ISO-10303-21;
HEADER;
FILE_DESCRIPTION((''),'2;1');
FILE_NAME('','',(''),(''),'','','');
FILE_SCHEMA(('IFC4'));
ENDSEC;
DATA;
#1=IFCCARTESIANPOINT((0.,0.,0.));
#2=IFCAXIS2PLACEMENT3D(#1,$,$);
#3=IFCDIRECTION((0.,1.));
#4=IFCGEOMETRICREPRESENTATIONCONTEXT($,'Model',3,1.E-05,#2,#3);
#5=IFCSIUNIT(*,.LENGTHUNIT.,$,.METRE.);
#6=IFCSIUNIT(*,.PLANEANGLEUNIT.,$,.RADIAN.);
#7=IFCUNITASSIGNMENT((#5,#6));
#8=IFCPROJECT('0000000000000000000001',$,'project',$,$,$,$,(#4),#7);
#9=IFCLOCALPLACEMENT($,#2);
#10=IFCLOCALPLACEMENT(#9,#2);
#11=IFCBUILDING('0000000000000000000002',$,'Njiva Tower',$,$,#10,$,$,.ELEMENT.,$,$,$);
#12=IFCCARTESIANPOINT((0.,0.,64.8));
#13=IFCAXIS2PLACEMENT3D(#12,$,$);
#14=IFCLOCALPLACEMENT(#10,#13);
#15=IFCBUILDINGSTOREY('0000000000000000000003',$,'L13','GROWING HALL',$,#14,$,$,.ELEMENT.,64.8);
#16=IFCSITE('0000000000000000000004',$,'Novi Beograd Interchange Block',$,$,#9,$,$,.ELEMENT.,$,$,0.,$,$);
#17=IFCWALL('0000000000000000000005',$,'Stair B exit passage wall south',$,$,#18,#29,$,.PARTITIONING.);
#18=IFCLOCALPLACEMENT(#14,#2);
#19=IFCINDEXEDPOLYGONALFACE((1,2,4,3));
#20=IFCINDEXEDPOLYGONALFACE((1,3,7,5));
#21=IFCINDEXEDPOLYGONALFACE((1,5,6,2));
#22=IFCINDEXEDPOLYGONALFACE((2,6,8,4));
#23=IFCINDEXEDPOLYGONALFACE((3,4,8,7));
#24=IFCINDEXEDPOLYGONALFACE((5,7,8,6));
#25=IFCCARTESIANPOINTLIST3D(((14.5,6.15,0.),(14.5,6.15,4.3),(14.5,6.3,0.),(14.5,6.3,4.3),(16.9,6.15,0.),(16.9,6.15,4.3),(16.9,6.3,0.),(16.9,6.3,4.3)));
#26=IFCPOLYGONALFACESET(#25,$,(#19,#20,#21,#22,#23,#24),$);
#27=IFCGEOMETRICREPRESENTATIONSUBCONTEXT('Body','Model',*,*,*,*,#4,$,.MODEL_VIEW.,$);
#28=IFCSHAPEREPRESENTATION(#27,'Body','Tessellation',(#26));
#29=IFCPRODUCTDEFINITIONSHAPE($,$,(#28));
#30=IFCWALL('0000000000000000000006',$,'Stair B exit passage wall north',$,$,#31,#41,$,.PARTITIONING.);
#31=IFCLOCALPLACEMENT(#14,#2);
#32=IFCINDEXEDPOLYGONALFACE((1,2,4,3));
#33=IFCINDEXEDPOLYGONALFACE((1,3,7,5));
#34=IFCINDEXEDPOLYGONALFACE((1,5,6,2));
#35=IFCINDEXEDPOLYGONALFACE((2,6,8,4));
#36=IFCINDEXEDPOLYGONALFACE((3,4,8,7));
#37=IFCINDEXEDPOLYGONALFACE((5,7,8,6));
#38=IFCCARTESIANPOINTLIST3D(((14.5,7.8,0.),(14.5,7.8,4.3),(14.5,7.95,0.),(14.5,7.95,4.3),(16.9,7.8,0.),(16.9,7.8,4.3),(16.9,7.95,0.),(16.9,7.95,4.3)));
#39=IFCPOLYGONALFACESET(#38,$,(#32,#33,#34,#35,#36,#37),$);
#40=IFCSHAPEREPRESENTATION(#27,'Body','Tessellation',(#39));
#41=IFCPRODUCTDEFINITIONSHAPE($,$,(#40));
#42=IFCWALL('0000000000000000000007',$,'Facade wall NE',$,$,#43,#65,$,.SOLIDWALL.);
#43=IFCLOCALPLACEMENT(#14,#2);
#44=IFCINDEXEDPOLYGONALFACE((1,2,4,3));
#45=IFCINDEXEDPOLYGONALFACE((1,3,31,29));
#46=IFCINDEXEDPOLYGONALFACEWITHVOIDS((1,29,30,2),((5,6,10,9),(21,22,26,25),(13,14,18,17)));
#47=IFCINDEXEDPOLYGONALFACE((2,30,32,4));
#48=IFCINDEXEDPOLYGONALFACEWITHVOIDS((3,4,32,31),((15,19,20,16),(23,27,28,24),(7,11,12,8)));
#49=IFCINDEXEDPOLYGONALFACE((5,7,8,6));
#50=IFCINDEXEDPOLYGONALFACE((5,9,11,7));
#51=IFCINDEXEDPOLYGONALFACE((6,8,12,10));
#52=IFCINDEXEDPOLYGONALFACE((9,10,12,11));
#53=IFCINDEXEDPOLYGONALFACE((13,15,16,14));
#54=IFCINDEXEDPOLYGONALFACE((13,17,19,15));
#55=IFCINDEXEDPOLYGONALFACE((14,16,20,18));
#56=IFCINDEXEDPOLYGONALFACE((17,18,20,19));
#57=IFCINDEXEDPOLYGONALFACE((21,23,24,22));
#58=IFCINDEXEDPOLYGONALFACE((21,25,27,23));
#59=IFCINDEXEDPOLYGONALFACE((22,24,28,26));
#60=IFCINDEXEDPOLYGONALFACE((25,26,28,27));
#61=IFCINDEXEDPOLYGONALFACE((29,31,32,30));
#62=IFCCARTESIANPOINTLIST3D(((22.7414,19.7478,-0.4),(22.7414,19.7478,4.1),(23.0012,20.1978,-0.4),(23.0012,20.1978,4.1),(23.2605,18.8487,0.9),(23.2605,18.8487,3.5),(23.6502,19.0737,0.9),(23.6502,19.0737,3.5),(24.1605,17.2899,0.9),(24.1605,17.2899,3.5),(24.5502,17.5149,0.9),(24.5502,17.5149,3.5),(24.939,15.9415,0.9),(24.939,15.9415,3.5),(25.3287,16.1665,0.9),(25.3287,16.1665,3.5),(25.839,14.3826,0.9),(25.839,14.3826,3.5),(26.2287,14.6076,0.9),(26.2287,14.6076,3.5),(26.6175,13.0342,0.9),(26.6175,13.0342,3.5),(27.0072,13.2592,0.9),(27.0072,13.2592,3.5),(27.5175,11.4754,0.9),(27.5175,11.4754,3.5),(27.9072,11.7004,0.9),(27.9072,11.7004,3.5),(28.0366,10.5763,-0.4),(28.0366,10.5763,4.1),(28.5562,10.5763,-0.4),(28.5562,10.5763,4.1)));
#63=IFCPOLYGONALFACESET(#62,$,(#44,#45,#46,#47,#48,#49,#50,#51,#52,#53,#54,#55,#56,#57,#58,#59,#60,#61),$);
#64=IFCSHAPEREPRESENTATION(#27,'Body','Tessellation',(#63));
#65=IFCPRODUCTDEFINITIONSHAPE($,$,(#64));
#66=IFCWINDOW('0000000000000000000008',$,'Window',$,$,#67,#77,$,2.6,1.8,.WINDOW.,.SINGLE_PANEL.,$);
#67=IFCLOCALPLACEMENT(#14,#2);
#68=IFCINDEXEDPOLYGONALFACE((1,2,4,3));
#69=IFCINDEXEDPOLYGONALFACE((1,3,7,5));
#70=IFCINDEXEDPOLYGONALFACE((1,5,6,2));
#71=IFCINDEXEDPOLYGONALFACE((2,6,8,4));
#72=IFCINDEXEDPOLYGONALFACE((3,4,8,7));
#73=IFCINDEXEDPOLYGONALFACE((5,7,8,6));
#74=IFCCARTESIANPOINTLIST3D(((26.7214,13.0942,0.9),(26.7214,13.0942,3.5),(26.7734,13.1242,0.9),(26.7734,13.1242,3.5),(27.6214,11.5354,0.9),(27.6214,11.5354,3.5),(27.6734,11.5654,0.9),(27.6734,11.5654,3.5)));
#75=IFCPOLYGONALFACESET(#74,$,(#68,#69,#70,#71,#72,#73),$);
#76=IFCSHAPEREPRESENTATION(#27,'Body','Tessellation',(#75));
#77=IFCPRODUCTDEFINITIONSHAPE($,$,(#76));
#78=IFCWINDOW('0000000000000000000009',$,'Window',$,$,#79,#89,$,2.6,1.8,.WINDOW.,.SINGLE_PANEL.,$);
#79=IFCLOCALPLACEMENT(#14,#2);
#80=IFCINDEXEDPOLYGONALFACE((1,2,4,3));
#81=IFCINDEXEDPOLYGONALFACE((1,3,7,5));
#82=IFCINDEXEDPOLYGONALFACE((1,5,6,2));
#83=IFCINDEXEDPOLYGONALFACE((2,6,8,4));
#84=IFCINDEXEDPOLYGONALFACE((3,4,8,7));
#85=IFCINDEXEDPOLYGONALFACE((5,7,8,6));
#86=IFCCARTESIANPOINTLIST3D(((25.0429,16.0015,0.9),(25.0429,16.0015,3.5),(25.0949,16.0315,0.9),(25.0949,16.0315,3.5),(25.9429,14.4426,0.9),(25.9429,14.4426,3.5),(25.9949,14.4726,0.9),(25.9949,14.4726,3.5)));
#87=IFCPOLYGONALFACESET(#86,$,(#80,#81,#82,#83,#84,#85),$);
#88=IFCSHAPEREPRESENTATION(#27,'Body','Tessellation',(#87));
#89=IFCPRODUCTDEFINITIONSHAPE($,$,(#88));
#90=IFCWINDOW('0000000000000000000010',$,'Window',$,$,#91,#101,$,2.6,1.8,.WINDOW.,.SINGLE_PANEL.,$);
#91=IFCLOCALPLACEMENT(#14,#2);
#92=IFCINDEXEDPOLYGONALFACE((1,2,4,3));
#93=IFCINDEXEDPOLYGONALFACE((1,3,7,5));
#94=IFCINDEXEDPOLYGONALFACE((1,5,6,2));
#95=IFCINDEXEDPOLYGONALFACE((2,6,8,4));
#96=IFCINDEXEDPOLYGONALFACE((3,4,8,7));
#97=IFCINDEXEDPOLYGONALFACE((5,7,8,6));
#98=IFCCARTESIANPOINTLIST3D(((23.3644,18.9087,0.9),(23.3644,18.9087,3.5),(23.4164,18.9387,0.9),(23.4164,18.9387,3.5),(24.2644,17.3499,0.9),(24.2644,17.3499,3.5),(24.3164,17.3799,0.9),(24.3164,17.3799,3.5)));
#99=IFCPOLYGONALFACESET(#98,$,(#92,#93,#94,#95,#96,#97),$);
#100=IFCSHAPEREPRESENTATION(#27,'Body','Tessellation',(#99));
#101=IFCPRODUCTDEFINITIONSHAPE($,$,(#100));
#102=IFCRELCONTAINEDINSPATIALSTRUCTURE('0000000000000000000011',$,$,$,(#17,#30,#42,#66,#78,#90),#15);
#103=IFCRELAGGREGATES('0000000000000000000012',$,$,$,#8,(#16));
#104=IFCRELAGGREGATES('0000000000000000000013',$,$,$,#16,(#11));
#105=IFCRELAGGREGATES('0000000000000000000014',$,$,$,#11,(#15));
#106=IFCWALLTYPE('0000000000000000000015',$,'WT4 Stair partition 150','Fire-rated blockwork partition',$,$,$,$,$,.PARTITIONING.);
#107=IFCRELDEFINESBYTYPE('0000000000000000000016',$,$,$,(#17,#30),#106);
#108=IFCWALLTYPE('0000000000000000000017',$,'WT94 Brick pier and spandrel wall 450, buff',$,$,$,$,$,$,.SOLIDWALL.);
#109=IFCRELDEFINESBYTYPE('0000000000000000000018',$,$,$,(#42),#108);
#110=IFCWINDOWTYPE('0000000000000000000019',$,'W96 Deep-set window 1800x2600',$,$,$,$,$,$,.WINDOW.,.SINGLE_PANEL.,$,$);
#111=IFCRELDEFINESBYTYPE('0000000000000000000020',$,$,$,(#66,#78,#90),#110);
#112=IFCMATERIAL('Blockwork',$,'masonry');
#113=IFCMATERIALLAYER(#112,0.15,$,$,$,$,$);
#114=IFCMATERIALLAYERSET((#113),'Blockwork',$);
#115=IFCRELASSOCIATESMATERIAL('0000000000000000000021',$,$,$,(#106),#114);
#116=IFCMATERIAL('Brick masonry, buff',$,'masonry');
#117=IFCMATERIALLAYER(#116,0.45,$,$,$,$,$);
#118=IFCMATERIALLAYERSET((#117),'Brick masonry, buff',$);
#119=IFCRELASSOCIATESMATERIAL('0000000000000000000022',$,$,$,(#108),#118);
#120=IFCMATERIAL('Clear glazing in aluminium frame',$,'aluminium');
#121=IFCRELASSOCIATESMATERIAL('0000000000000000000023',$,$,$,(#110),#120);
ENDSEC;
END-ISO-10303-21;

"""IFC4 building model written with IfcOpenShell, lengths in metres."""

from ifc_helpers import new_model, si_unit, direction, frame, frame_2d, origin, place, context, subcontext, project, spatial, polyline, rectangle, outline, extrude, material, layer, layer_set, type_object, element, fill, save


model = new_model("IFC4")

# Units and contexts
model_context = context("Model", 3, precision=1e-05, world=origin(), true_north=direction((0.0, 1.0)))
body_context = subcontext(model_context, "Body", "Model", "MODEL_VIEW")
ifc_project = project(units=[si_unit("LENGTHUNIT", "METRE"), si_unit("PLANEANGLEUNIT", "RADIAN")], contexts=[model_context])

# Site, building, storey
site_placement = place(None, origin())
site = spatial("IfcSite", under=ifc_project, at=site_placement, Name="Novi Beograd Interchange Block", CompositionType="ELEMENT", RefElevation=0.0)
building_placement = place(site_placement, origin())
building = spatial("IfcBuilding", under=site, at=building_placement, Name="Njiva Tower", CompositionType="ELEMENT")
storey_placement = place(building_placement, frame((0.0, 0.0, 64.8)))
storey = spatial("IfcBuildingStorey", under=building, at=storey_placement, Name="L13", Description="GROWING HALL", CompositionType="ELEMENT", Elevation=64.8)

# Walls
ifc_material_1 = material(Name="Blockwork", Category="masonry")
ifc_layer_1 = layer(ifc_material_1, 0.15)
ifc_layer_set_1 = layer_set([ifc_layer_1], Name="Blockwork")
wall_type_1 = type_object("IfcWallType", Name="WT4 Stair partition 150", Description="Fire-rated blockwork partition", PredefinedType="PARTITIONING", material=ifc_layer_set_1)
for number, where, z_axis, x_axis, name in (
    (1, (14.5, 6.225, 0.0), (0.0, 0.0, 1.0), (1.0, 0.0, 0.0), "Stair B exit passage wall south"),
    (2, (14.5, 7.875, 0.0), (0.0, 0.0, 1.0), (1.0, 0.0, 0.0), "Stair B exit passage wall north"),
):
    element("IfcWall", number, at=place(storey_placement, frame(where, z_axis=z_axis, x_axis=x_axis)), inside=storey, type_object=wall_type_1, Name=name, PredefinedType="PARTITIONING", context=body_context, shape_type="SweptSolid", body=[
        extrude(rectangle(XDim=2.4, YDim=0.15, at=frame_2d((1.2, 0.0))), origin(), (0.0, 0.0, 1.0), 4.3),
    ])

# Wall, openings, windows
ifc_material_2 = material(Name="Brick masonry, buff", Category="masonry")
ifc_layer_2 = layer(ifc_material_2, 0.45)
ifc_layer_set_2 = layer_set([ifc_layer_2], Name="Brick masonry, buff")
wall_type_2 = type_object("IfcWallType", Name="WT94 Brick pier and spandrel wall 450, buff", PredefinedType="SOLIDWALL", material=ifc_layer_set_2)
wall_1_placement = place(storey_placement, frame((28.2964, 10.5763, -0.4), z_axis=(0.0, 0.0, 1.0), x_axis=(-0.500002, 0.866024, 0.0)))
wall_1 = element("IfcWall", 3, at=wall_1_placement, inside=storey, type_object=wall_type_2, Name="Facade wall NE", PredefinedType="SOLIDWALL", context=body_context, shape_type="SweptSolid", body=[
    extrude(outline(polyline([(-0.1299, -0.225), (10.9801, -0.225), (10.7203, 0.225), (0.1299, 0.225), (-0.1299, -0.225)])), origin(), (0.0, 0.0, 1.0), 4.5),
])
opening_1_placement = place(wall_1_placement, frame((1.1681, 0.0, 1.3)))
opening_1 = element("IfcOpeningElement", 4, at=opening_1_placement, cuts=wall_1, PredefinedType="OPENING", context=body_context, shape_type="SweptSolid", body=[
    extrude(rectangle(XDim=1.8, YDim=2.6, at=frame_2d((0.9, 1.3))), frame((0.0, 0.235, 0.0), z_axis=(0.0, -1.0, 0.0), x_axis=(1.0, 0.0, 0.0)), (0.0, 0.0, 1.0), 0.47),
])
opening_2_placement = place(wall_1_placement, frame((4.5251, 0.0, 1.3)))
opening_2 = element("IfcOpeningElement", 5, at=opening_2_placement, cuts=wall_1, PredefinedType="OPENING", context=body_context, shape_type="SweptSolid", body=[
    extrude(rectangle(XDim=1.8, YDim=2.6, at=frame_2d((0.9, 1.3))), frame((0.0, 0.235, 0.0), z_axis=(0.0, -1.0, 0.0), x_axis=(1.0, 0.0, 0.0)), (0.0, 0.0, 1.0), 0.47),
])
opening_3_placement = place(wall_1_placement, frame((7.8821, 0.0, 1.3)))
opening_3 = element("IfcOpeningElement", 6, at=opening_3_placement, cuts=wall_1, PredefinedType="OPENING", context=body_context, shape_type="SweptSolid", body=[
    extrude(rectangle(XDim=1.8, YDim=2.6, at=frame_2d((0.9, 1.3))), frame((0.0, 0.235, 0.0), z_axis=(0.0, -1.0, 0.0), x_axis=(1.0, 0.0, 0.0)), (0.0, 0.0, 1.0), 0.47),
])
ifc_material_3 = material(Name="Clear glazing in aluminium frame", Category="aluminium")
window_type = type_object("IfcWindowType", Name="W96 Deep-set window 1800x2600", PartitioningType="SINGLE_PANEL", PredefinedType="WINDOW", material=ifc_material_3)
window_1_placement = place(opening_1_placement, origin())
window_1 = element("IfcWindow", 7, at=window_1_placement, inside=storey, type_object=window_type, Name="Window", OverallHeight=2.6, OverallWidth=1.8, PartitioningType="SINGLE_PANEL", PredefinedType="WINDOW", context=body_context, shape_type="SweptSolid", body=[
    extrude(rectangle(XDim=1.8, YDim=2.6, at=frame_2d((0.9, 1.3))), frame((0.0, 0.105, 0.0), z_axis=(0.0, -1.0, 0.0), x_axis=(1.0, 0.0, 0.0)), (0.0, 0.0, 1.0), 0.06),
])
fill(opening_1, window_1)
window_2_placement = place(opening_2_placement, origin())
window_2 = element("IfcWindow", 8, at=window_2_placement, inside=storey, type_object=window_type, Name="Window", OverallHeight=2.6, OverallWidth=1.8, PartitioningType="SINGLE_PANEL", PredefinedType="WINDOW", context=body_context, shape_type="SweptSolid", body=[
    extrude(rectangle(XDim=1.8, YDim=2.6, at=frame_2d((0.9, 1.3))), frame((0.0, 0.105, 0.0), z_axis=(0.0, -1.0, 0.0), x_axis=(1.0, 0.0, 0.0)), (0.0, 0.0, 1.0), 0.06),
])
fill(opening_2, window_2)
window_3_placement = place(opening_3_placement, origin())
window_3 = element("IfcWindow", 9, at=window_3_placement, inside=storey, type_object=window_type, Name="Window", OverallHeight=2.6, OverallWidth=1.8, PartitioningType="SINGLE_PANEL", PredefinedType="WINDOW", context=body_context, shape_type="SweptSolid", body=[
    extrude(rectangle(XDim=1.8, YDim=2.6, at=frame_2d((0.9, 1.3))), frame((0.0, 0.105, 0.0), z_axis=(0.0, -1.0, 0.0), x_axis=(1.0, 0.0, 0.0)), (0.0, 0.0, 1.0), 0.06),
])
fill(opening_3, window_3)

save(model, "model.ifc")
